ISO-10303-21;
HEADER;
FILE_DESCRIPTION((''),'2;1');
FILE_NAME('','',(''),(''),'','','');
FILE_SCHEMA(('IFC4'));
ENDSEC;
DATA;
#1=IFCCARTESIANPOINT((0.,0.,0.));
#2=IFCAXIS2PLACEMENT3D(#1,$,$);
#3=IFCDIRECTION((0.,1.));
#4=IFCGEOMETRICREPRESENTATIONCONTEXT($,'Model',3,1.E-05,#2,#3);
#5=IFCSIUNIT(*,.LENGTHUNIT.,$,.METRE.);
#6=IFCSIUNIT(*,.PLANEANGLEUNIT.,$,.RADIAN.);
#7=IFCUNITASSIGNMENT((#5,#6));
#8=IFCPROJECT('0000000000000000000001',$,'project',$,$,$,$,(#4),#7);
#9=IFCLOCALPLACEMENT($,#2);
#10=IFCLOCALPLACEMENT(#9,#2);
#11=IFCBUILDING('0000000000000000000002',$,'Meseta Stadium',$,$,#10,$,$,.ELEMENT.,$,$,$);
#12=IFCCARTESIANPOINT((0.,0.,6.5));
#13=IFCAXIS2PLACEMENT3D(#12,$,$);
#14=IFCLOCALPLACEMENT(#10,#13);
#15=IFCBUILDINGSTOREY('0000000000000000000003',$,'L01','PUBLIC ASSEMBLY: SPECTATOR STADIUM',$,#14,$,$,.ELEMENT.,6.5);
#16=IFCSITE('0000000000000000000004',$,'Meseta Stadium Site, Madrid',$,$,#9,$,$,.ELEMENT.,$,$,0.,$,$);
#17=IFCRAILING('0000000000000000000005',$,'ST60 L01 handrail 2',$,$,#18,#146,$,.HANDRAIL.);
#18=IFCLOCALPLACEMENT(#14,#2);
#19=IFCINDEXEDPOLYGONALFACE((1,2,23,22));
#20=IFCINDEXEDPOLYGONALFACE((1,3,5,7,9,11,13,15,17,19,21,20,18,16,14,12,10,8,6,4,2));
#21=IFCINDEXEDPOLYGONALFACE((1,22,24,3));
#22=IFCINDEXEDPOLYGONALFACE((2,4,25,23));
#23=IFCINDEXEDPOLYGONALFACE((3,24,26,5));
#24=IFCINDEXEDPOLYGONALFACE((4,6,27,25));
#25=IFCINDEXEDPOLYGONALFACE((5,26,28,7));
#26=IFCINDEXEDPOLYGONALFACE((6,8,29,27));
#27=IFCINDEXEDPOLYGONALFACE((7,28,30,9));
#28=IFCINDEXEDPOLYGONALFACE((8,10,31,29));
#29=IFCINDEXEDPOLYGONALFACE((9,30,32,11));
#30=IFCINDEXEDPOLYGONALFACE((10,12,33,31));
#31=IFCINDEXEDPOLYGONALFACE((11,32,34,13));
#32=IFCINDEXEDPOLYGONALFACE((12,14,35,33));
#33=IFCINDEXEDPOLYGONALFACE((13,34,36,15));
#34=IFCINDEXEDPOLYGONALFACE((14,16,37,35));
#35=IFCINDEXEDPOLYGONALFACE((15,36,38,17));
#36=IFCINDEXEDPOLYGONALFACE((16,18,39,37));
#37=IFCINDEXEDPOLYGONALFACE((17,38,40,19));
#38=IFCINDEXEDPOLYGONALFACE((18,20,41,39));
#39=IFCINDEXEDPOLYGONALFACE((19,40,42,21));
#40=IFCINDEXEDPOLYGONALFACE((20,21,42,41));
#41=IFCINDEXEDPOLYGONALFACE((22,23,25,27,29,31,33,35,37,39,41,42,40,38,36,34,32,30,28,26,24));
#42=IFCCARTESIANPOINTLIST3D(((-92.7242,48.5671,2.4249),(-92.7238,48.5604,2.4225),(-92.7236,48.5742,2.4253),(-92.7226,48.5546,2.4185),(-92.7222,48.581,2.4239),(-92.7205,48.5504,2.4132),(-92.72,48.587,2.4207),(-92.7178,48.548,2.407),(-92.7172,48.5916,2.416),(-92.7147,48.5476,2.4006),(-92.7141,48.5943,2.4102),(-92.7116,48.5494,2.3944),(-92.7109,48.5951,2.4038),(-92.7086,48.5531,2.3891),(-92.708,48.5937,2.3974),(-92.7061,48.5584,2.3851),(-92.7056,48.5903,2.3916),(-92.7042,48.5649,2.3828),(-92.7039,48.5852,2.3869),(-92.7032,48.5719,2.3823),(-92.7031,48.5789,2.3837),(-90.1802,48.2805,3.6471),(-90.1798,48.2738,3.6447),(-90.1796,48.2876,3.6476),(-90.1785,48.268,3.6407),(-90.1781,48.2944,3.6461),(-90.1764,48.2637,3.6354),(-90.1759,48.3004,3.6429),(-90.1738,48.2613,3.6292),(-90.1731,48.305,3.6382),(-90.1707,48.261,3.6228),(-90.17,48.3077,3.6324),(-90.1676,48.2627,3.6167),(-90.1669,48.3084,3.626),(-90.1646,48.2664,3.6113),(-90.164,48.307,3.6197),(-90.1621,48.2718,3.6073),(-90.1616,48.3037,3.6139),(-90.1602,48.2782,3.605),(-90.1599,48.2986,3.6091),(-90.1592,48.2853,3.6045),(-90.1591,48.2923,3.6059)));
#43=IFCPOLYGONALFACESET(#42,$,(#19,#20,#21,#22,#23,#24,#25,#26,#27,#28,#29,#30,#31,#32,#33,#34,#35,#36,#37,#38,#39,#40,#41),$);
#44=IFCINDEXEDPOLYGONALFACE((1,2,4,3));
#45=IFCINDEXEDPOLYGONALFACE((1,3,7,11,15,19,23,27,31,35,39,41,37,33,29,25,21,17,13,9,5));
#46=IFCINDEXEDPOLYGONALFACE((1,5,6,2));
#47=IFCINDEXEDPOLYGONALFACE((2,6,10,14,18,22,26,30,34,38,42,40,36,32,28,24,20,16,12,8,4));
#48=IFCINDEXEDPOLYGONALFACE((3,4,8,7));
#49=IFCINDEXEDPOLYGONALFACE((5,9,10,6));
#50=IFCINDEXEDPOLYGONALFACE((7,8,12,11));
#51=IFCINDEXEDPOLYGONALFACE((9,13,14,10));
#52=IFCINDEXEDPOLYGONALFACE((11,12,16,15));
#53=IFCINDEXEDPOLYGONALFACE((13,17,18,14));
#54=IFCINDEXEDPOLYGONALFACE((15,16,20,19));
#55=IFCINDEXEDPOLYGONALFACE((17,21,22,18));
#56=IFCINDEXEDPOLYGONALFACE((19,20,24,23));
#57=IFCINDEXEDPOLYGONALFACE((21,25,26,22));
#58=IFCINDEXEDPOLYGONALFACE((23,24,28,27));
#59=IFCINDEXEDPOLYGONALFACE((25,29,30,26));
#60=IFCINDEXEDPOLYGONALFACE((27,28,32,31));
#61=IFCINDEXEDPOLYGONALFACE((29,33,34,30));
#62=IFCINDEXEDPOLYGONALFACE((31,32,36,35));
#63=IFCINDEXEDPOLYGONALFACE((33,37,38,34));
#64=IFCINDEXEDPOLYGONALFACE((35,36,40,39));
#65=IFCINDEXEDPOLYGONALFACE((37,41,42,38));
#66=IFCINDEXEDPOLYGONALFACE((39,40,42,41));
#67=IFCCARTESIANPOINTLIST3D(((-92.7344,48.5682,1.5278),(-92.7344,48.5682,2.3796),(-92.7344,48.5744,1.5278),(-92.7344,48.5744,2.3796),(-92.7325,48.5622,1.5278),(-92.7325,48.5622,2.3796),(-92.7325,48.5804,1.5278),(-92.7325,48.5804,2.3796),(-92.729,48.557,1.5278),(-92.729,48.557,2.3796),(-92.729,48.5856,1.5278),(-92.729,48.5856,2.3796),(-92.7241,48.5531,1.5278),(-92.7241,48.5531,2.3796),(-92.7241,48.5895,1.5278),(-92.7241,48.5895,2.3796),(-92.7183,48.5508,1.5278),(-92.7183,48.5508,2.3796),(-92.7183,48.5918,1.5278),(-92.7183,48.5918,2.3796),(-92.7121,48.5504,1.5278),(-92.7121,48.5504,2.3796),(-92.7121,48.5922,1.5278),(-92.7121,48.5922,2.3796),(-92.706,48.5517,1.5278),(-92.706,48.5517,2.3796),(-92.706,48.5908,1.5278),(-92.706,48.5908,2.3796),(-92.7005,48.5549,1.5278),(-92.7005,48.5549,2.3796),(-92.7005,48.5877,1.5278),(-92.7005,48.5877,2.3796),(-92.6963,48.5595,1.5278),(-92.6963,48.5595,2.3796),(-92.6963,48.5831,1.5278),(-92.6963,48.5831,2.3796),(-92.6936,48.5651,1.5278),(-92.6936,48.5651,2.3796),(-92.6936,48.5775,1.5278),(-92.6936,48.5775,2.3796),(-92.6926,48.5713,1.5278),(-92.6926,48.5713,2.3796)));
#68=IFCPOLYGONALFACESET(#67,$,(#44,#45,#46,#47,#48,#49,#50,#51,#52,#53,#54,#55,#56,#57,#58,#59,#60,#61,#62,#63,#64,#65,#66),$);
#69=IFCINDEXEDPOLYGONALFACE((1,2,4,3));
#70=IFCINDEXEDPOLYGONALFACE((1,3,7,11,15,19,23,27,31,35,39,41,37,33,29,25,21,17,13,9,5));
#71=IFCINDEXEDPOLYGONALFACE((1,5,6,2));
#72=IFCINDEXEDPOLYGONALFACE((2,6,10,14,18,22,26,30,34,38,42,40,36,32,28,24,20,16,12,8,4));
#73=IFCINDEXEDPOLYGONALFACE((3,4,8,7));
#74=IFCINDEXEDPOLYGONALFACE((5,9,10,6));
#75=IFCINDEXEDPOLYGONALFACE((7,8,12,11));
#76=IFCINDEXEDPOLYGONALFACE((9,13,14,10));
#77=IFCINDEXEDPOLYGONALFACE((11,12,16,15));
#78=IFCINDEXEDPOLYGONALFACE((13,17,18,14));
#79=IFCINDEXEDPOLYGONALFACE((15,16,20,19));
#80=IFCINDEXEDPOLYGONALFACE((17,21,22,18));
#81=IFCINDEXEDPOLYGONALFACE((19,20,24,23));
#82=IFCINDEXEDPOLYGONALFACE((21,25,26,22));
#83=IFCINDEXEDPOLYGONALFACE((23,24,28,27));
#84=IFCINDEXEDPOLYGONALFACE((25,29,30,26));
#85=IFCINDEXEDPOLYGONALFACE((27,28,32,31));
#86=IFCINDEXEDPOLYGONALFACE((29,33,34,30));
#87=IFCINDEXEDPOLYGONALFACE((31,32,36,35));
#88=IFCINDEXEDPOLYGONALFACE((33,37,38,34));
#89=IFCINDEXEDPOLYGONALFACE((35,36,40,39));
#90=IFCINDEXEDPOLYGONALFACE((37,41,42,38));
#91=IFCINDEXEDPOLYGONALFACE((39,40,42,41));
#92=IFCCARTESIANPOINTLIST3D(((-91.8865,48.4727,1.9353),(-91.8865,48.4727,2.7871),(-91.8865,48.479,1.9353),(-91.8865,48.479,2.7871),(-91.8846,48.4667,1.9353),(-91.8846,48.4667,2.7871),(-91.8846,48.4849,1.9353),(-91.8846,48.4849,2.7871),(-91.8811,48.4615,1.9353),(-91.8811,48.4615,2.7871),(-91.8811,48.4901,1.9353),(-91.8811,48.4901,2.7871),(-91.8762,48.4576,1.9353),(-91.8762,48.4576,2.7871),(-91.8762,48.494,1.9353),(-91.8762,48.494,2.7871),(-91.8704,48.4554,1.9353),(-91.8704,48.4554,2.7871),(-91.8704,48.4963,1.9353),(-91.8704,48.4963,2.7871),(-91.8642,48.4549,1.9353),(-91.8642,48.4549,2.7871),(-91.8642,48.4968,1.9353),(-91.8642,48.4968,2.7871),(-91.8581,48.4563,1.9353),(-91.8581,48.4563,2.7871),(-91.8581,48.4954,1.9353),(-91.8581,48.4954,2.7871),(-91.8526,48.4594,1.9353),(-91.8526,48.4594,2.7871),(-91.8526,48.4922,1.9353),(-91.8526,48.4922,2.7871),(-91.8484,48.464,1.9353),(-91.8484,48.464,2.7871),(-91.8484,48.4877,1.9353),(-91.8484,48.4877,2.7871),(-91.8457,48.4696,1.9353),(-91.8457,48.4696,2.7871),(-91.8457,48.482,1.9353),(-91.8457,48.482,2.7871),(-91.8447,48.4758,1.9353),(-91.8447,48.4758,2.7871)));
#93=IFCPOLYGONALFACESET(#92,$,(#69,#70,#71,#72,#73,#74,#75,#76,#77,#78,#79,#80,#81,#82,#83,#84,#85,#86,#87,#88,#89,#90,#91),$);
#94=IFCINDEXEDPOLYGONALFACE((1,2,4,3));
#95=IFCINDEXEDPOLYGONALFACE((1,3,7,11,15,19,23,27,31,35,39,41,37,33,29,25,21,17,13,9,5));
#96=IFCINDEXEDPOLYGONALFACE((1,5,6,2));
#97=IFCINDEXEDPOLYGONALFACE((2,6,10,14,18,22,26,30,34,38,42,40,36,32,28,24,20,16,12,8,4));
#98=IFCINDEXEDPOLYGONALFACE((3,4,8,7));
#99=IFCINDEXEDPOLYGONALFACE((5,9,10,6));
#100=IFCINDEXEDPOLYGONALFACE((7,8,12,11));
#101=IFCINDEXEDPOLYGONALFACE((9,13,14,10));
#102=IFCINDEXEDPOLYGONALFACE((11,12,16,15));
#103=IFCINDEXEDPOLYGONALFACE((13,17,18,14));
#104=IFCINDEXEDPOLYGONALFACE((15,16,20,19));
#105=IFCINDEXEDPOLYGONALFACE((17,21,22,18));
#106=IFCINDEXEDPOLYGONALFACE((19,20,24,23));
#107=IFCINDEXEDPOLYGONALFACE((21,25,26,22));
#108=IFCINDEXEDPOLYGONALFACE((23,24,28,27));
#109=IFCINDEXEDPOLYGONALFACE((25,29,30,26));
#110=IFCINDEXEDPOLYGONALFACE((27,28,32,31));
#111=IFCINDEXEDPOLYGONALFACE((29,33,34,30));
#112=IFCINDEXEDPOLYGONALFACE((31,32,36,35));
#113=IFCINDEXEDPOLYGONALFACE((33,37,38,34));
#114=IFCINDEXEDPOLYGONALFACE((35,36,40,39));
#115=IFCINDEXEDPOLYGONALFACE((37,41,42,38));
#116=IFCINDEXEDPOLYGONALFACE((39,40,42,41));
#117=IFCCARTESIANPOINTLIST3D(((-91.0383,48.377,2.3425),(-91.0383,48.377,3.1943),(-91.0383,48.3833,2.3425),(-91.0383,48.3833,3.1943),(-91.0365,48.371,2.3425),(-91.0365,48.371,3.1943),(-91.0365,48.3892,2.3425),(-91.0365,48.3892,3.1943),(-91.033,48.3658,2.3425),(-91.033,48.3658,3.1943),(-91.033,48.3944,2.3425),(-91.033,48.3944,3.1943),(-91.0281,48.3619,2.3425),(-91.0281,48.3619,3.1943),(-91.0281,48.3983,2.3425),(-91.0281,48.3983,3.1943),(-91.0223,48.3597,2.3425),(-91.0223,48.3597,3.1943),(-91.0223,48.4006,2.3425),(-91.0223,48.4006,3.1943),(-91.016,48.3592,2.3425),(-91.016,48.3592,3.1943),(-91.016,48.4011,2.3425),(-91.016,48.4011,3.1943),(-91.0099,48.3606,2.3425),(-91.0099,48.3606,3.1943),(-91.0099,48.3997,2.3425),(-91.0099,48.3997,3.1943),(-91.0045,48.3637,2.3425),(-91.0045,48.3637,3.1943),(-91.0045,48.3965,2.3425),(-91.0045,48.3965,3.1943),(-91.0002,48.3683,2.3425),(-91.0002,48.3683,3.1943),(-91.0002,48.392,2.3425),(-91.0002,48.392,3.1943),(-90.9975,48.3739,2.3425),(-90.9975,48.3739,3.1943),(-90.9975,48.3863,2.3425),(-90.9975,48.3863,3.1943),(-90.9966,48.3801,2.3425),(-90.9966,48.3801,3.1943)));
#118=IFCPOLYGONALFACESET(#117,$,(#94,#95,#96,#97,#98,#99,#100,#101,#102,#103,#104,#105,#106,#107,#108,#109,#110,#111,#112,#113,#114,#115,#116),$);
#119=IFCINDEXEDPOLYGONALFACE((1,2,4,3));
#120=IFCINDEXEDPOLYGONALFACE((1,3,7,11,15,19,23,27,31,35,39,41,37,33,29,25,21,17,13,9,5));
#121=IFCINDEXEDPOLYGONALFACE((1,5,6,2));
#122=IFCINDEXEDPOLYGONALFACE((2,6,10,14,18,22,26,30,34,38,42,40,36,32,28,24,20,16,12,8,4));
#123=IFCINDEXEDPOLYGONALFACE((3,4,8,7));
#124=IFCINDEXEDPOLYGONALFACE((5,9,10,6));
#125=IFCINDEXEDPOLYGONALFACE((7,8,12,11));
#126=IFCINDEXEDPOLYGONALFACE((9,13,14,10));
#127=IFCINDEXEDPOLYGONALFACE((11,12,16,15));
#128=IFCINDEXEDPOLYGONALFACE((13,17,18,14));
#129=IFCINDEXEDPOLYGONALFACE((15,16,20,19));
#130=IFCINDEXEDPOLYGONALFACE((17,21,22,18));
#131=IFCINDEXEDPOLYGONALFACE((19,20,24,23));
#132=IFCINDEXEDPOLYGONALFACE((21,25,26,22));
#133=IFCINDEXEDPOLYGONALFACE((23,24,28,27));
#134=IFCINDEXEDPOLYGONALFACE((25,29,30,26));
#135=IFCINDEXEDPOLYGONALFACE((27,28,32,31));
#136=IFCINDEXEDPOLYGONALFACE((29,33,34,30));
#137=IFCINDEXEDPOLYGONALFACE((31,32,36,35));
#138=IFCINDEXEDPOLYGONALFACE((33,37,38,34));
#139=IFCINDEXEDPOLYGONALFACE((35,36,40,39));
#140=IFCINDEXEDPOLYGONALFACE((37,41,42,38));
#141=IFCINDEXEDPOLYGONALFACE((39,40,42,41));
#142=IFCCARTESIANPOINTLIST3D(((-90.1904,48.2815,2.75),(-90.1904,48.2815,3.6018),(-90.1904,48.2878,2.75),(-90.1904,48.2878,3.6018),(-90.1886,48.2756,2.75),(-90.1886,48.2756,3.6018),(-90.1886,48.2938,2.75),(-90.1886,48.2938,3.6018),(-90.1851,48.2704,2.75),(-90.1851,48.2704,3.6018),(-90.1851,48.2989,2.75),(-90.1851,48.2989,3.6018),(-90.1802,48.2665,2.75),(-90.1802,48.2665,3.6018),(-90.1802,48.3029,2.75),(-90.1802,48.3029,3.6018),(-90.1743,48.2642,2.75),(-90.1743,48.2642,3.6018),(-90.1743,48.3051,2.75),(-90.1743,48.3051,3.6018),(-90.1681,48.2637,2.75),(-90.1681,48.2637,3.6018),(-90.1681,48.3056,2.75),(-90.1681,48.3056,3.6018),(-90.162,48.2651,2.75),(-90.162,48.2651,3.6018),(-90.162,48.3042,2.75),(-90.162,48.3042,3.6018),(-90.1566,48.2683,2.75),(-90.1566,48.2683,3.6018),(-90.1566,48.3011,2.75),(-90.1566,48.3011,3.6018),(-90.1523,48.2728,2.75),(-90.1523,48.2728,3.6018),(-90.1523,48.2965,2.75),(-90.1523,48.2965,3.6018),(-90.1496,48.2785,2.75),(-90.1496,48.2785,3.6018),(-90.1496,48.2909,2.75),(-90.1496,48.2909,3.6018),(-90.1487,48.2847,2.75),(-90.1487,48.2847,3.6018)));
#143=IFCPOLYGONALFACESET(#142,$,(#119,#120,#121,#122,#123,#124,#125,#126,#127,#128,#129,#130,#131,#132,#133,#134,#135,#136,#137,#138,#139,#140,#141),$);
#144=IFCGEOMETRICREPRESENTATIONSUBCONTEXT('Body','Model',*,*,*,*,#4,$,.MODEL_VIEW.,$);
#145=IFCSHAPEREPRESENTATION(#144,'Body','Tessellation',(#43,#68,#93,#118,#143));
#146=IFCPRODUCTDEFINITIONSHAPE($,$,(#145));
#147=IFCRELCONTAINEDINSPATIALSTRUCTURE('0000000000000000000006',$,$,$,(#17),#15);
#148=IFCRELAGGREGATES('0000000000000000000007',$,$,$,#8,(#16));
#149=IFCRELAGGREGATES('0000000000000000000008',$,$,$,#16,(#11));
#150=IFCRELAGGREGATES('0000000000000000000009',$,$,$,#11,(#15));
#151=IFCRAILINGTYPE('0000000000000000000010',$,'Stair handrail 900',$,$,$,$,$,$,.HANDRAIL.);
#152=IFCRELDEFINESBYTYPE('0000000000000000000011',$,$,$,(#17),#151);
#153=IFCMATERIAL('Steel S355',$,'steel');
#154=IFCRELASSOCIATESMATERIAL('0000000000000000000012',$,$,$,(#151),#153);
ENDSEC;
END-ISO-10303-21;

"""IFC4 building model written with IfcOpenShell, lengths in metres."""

from ifc_helpers import new_model, si_unit, direction, frame, origin, origin_2d, place, context, subcontext, project, spatial, circle, extrude, material, type_object, element, save


model = new_model("IFC4")

# Units and contexts
model_context = context("Model", 3, precision=1e-05, world=origin(), true_north=direction((0.0, 1.0)))
body_context = subcontext(model_context, "Body", "Model", "MODEL_VIEW")
ifc_project = project(units=[si_unit("LENGTHUNIT", "METRE"), si_unit("PLANEANGLEUNIT", "RADIAN")], contexts=[model_context])

# Site, building, storey
site_placement = place(None, origin())
site = spatial("IfcSite", under=ifc_project, at=site_placement, Name="Meseta Stadium Site, Madrid", CompositionType="ELEMENT", RefElevation=0.0)
building_placement = place(site_placement, origin())
building = spatial("IfcBuilding", under=site, at=building_placement, Name="Meseta Stadium", CompositionType="ELEMENT")
storey_placement = place(building_placement, frame((0.0, 0.0, 6.5)))
storey = spatial("IfcBuildingStorey", under=building, at=storey_placement, Name="L01", Description="PUBLIC ASSEMBLY: SPECTATOR STADIUM", CompositionType="ELEMENT", Elevation=6.5)

# Railing
ifc_material_1 = material(Name="Steel S355", Category="steel")
railing_type = type_object("IfcRailingType", Name="Stair handrail 900", PredefinedType="HANDRAIL", material=ifc_material_1)
for number, where, name in (
    (1, (-92.7136, 48.5713, 1.5278), "ST60 L01 handrail 2"),
):
    element("IfcRailing", number, at=place(storey_placement, frame(where)), inside=storey, type_object=railing_type, Name=name, PredefinedType="HANDRAIL", context=body_context, shape_type="SweptSolid", body=[
        extrude(circle(Radius=0.0239, at=origin_2d()), frame((0.0, 0.0, 0.876), z_axis=(0.896762, -0.101036, 0.430824), x_axis=(0.11196, 0.993713, 0.0)), (0.0, 0.0, 1.0), 2.8369),
        extrude(circle(Radius=0.021, at=origin_2d()), origin(), (0.0, 0.0, 1.0), 0.8518),
        extrude(circle(Radius=0.021, at=origin_2d()), frame((0.8479, -0.0955, 0.4075)), (0.0, 0.0, 1.0), 0.8518),
        extrude(circle(Radius=0.021, at=origin_2d()), frame((1.696, -0.1912, 0.8147)), (0.0, 0.0, 1.0), 0.8518),
        extrude(circle(Radius=0.021, at=origin_2d()), frame((2.5439, -0.2866, 1.2222)), (0.0, 0.0, 1.0), 0.8518),
    ])

save(model, "model.ifc")
